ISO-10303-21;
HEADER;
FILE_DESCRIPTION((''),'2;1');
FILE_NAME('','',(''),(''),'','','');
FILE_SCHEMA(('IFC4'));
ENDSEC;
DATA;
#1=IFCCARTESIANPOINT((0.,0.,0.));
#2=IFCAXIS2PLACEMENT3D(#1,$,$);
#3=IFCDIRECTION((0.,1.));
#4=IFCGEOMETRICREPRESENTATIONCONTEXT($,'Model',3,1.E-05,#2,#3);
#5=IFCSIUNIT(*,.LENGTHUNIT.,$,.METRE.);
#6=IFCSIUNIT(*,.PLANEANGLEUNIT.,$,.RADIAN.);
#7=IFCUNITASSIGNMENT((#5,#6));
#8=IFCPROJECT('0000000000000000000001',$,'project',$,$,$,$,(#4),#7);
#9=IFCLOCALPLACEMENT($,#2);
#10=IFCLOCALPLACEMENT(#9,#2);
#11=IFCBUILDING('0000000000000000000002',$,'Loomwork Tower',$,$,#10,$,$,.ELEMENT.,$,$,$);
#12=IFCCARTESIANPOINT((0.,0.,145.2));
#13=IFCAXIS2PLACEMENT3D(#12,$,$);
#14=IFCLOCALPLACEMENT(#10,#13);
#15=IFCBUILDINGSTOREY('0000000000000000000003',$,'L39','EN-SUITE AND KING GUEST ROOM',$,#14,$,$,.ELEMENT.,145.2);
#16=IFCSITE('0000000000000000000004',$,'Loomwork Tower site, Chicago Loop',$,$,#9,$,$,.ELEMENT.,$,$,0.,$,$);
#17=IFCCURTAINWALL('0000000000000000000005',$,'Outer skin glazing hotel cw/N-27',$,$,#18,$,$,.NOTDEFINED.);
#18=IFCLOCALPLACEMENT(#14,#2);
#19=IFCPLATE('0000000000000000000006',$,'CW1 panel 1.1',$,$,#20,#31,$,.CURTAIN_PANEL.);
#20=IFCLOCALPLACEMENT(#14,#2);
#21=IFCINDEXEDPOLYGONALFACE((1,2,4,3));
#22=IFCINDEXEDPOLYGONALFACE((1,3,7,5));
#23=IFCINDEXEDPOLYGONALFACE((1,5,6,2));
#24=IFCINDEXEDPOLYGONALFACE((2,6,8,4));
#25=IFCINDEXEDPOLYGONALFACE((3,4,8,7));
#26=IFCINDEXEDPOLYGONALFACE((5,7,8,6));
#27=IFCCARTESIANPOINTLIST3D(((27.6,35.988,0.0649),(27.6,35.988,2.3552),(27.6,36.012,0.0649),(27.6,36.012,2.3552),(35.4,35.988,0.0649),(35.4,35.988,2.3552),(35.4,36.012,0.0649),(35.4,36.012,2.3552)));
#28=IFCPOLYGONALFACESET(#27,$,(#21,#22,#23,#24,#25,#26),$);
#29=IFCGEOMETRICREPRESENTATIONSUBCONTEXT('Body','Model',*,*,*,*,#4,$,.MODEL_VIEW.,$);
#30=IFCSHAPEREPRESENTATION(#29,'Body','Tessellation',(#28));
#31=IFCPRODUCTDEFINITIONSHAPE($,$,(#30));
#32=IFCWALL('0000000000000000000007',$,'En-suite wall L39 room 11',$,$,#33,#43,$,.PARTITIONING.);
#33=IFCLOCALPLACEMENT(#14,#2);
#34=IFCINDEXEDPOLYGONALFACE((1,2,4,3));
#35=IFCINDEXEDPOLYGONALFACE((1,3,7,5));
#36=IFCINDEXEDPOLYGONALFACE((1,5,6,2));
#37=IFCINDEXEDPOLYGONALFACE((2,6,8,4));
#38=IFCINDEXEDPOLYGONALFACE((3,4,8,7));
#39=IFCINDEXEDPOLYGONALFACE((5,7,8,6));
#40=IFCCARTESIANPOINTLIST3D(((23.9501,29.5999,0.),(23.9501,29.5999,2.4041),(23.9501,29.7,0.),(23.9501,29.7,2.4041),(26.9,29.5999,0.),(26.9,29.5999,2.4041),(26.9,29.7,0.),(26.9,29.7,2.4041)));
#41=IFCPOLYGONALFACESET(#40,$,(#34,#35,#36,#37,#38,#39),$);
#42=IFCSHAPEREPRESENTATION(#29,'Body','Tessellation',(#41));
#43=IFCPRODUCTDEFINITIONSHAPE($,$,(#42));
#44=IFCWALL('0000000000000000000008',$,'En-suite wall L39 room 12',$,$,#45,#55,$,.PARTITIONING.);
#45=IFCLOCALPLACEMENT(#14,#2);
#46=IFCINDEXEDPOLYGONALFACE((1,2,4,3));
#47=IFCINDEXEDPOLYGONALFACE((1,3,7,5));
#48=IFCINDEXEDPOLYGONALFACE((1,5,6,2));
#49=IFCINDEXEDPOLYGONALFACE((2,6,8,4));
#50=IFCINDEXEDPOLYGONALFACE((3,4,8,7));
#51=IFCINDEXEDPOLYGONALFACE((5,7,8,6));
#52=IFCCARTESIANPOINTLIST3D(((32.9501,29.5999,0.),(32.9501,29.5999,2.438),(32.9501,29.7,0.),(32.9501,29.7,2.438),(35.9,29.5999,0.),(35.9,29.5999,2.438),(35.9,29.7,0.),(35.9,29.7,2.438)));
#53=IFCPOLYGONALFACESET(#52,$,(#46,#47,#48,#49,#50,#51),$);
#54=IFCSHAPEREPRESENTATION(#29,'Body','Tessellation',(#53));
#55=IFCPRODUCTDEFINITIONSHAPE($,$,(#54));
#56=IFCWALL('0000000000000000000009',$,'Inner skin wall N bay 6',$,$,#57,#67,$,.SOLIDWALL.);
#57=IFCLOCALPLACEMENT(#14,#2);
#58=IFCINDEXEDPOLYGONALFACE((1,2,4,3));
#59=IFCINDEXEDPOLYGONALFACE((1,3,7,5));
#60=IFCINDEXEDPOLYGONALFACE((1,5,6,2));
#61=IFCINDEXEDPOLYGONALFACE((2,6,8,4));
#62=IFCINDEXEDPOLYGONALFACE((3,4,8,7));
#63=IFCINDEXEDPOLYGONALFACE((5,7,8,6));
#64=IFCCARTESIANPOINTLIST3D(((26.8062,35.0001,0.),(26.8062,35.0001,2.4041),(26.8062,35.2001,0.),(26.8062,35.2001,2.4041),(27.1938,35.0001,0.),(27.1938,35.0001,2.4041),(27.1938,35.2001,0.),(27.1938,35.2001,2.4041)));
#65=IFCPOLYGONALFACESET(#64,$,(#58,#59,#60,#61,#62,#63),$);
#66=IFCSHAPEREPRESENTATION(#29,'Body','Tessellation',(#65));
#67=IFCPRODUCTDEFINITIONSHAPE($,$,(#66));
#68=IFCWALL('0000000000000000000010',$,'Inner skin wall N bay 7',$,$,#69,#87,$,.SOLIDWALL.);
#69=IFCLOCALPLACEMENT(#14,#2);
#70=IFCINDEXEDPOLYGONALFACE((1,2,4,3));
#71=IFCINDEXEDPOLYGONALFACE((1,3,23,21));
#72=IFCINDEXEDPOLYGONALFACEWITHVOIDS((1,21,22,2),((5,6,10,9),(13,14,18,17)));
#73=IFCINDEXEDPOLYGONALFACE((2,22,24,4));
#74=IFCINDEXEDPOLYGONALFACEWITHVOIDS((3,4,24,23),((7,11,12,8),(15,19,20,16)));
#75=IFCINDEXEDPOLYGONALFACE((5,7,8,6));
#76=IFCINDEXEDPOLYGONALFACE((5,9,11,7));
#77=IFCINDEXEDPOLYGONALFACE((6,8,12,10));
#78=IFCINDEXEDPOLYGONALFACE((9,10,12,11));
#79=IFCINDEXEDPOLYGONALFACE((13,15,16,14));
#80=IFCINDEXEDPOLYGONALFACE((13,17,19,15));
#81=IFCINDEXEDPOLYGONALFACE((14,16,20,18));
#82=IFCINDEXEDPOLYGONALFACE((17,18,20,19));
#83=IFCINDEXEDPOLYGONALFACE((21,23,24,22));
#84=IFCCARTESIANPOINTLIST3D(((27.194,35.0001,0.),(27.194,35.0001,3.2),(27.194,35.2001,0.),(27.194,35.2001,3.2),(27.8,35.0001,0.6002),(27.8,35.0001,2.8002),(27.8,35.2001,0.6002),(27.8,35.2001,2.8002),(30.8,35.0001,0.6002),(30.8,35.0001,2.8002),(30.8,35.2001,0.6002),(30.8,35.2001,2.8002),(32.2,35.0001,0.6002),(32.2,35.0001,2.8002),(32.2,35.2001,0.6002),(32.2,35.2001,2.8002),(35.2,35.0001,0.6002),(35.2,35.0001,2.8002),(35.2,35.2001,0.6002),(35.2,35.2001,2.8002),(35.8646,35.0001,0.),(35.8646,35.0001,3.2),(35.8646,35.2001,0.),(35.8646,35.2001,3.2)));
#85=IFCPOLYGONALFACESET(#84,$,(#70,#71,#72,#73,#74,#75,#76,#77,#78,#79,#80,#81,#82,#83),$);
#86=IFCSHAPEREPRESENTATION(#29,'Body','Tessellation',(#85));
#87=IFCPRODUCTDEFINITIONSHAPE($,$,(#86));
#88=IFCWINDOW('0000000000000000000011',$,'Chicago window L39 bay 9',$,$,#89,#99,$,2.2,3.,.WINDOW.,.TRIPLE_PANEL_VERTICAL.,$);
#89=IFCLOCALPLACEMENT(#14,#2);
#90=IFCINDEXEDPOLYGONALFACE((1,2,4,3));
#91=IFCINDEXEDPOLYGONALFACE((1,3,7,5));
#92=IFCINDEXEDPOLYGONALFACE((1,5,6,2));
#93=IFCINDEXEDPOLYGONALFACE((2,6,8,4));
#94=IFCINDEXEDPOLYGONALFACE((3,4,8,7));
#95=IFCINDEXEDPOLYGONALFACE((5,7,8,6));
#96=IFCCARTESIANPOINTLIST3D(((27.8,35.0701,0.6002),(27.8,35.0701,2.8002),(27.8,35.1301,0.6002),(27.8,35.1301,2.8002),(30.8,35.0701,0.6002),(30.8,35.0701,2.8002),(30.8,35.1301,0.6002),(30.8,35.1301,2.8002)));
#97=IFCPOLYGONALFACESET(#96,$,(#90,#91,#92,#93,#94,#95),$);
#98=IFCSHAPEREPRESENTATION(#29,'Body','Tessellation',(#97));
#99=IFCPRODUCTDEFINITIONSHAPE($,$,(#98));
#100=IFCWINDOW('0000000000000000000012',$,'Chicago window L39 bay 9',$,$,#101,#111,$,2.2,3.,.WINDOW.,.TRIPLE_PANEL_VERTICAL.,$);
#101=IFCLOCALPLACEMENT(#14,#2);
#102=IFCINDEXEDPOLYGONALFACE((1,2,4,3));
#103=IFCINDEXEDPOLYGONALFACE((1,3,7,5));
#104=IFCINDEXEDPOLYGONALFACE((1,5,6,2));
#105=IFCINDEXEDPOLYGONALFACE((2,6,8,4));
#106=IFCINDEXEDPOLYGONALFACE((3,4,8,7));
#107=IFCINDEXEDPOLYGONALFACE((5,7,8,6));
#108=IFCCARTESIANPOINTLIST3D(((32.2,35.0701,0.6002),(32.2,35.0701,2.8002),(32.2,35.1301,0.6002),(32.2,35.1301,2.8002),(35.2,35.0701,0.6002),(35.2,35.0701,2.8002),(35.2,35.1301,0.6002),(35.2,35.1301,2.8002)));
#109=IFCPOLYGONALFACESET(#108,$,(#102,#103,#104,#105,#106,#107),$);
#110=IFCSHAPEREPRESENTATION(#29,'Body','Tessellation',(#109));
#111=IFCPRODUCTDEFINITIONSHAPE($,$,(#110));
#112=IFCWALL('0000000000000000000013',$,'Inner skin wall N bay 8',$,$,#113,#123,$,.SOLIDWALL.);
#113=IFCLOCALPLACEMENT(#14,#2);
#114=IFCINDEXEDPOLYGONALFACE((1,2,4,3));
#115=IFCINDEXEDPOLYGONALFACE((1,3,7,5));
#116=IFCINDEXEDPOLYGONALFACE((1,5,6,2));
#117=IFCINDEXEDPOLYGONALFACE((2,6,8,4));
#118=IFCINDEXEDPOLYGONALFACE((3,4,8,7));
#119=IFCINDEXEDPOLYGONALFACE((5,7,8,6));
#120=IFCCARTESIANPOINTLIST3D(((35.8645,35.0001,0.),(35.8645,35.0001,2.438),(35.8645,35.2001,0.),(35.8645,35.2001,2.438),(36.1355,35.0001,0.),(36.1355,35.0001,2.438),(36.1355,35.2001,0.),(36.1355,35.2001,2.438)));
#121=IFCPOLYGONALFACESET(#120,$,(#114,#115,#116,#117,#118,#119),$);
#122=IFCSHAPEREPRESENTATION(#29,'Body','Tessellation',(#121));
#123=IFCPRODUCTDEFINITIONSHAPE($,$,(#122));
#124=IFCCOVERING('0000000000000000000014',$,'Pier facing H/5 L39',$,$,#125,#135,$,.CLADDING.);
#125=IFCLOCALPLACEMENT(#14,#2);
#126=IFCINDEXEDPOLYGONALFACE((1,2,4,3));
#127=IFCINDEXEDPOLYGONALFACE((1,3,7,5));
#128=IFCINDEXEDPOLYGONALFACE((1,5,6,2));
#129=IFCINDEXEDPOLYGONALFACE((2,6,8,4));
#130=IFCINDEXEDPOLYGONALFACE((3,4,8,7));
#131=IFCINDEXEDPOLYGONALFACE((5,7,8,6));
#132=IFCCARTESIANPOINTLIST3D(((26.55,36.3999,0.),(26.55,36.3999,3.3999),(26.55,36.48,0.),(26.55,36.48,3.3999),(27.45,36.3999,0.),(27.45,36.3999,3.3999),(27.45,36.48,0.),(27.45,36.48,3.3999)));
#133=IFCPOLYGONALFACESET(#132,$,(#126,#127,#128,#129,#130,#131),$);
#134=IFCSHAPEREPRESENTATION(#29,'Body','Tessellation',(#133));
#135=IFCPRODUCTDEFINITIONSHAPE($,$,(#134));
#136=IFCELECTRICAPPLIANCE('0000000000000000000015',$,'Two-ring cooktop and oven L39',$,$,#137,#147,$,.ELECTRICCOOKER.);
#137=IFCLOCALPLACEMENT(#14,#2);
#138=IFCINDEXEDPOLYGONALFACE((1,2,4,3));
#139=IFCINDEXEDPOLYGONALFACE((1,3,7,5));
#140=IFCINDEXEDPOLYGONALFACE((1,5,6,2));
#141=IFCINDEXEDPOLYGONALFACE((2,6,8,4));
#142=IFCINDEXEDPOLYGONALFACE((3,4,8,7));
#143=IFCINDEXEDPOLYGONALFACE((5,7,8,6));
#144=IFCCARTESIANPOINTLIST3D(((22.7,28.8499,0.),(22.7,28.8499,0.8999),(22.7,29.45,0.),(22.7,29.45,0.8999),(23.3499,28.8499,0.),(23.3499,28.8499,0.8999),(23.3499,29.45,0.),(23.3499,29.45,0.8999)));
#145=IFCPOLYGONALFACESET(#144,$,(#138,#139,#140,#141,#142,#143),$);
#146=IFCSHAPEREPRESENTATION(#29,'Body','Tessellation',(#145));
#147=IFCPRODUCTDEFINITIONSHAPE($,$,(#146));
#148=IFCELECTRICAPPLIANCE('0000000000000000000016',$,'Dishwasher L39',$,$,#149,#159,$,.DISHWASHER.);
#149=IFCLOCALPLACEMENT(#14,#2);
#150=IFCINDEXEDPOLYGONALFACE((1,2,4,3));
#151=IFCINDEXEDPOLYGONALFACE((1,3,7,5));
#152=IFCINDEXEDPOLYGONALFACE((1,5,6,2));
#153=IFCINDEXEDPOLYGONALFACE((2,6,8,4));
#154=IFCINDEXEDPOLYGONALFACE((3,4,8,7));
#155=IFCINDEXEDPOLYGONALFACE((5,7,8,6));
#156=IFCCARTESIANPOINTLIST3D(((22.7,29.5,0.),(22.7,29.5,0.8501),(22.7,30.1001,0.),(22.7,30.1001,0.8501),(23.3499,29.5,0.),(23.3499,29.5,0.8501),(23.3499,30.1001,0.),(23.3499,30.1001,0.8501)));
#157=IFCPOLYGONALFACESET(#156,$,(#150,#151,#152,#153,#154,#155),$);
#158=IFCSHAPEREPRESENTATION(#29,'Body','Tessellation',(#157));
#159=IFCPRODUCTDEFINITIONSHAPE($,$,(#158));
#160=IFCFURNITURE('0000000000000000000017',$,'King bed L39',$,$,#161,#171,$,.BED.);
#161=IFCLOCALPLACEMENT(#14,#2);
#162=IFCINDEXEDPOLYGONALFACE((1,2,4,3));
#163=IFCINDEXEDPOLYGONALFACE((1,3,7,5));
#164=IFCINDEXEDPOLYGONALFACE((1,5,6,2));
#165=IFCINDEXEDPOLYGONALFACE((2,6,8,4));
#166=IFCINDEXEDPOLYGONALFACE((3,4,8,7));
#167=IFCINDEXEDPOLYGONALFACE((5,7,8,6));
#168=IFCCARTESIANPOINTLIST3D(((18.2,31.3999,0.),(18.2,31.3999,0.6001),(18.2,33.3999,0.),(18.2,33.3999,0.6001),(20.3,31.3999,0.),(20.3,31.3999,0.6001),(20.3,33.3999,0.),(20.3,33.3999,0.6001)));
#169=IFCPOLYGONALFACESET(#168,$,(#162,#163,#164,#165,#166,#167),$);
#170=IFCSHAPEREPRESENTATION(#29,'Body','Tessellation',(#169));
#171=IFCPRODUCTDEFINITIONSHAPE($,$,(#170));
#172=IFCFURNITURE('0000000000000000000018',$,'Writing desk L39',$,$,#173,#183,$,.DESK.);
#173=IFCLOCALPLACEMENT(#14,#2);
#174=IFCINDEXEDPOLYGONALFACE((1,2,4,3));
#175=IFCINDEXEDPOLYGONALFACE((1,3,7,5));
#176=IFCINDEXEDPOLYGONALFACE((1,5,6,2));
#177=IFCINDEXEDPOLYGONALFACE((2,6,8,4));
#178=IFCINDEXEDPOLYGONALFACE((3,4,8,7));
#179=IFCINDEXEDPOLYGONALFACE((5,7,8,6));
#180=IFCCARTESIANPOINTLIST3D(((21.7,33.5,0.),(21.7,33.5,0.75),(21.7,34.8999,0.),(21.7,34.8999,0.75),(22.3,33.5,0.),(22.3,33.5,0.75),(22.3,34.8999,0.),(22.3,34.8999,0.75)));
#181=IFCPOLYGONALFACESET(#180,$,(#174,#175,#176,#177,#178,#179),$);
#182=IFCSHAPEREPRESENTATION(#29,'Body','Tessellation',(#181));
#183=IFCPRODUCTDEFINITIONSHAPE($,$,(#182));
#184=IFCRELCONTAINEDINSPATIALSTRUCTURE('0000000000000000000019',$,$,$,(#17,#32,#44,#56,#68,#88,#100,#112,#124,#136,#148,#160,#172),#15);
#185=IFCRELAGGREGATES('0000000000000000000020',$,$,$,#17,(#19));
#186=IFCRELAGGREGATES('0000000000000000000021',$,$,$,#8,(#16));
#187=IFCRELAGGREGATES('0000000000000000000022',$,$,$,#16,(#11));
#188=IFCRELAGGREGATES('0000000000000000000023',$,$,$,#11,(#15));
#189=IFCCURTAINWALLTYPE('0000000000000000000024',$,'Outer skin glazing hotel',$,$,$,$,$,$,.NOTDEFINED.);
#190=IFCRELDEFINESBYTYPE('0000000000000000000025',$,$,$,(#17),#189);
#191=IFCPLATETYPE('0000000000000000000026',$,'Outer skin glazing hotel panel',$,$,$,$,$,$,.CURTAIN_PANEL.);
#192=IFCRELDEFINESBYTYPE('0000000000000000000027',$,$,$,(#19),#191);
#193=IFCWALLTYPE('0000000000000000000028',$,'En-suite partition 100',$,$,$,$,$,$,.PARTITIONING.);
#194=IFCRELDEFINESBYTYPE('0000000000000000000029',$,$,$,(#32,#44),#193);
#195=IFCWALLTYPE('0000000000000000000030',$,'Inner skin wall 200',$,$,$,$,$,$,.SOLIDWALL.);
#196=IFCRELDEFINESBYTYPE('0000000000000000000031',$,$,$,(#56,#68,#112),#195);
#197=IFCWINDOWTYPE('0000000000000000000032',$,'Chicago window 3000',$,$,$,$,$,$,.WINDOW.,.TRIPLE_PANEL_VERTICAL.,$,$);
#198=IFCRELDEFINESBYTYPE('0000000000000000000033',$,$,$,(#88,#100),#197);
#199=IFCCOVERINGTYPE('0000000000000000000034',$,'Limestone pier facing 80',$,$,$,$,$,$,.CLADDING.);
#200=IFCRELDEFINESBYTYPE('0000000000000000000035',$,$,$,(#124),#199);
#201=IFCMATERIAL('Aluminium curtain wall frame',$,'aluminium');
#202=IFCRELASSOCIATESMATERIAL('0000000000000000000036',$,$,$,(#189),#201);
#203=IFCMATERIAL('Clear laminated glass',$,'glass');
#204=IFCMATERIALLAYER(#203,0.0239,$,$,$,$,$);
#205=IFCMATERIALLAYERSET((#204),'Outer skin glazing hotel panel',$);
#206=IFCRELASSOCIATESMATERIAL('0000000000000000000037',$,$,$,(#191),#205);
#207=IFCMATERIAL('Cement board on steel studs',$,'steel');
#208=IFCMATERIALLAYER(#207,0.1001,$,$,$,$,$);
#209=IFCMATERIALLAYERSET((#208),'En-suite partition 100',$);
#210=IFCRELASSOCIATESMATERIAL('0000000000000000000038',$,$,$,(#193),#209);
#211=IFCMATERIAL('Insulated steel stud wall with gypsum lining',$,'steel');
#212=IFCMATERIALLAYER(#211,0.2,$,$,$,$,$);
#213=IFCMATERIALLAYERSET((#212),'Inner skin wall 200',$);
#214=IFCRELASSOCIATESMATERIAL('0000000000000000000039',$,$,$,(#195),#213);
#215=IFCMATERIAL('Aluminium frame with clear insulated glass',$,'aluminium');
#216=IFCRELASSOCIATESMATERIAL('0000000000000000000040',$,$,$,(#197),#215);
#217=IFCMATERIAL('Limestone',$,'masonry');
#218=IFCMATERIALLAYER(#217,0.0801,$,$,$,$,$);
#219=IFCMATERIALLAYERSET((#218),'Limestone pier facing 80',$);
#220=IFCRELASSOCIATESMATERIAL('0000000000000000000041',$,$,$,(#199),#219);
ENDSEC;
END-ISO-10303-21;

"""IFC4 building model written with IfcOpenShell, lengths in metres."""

from ifc_helpers import new_model, si_unit, direction, frame, frame_2d, origin, origin_2d, place, context, subcontext, project, spatial, rectangle, extrude, material, layer, layer_set, type_object, element, fill, aggregate, save


model = new_model("IFC4")

# Units and contexts
model_context = context("Model", 3, precision=1e-05, world=origin(), true_north=direction((0.0, 1.0)))
body_context = subcontext(model_context, "Body", "Model", "MODEL_VIEW")
ifc_project = project(units=[si_unit("LENGTHUNIT", "METRE"), si_unit("PLANEANGLEUNIT", "RADIAN")], contexts=[model_context])

# Site, building, storey
site_placement = place(None, origin())
site = spatial("IfcSite", under=ifc_project, at=site_placement, Name="Loomwork Tower site, Chicago Loop", CompositionType="ELEMENT", RefElevation=0.0)
building_placement = place(site_placement, origin())
building = spatial("IfcBuilding", under=site, at=building_placement, Name="Loomwork Tower", CompositionType="ELEMENT")
storey_placement = place(building_placement, frame((0.0, 0.0, 145.2)))
storey = spatial("IfcBuildingStorey", under=building, at=storey_placement, Name="L39", Description="EN-SUITE AND KING GUEST ROOM", CompositionType="ELEMENT", Elevation=145.2)

# Curtain wall
ifc_material_1 = material(Name="Aluminium curtain wall frame", Category="aluminium")
curtain_wall_type = type_object("IfcCurtainWallType", Name="Outer skin glazing hotel", PredefinedType="NOTDEFINED", material=ifc_material_1)
curtain_wall_1_placement = place(storey_placement, origin())
curtain_wall_1 = element("IfcCurtainWall", 1, at=curtain_wall_1_placement, inside=storey, type_object=curtain_wall_type, Name="Outer skin glazing hotel cw/N-27", PredefinedType="NOTDEFINED")

# Plate
ifc_material_2 = material(Name="Clear laminated glass", Category="glass")
ifc_layer_1 = layer(ifc_material_2, 0.0239)
ifc_layer_set_1 = layer_set([ifc_layer_1], Name="Outer skin glazing hotel panel")
plate_type = type_object("IfcPlateType", Name="Outer skin glazing hotel panel", PredefinedType="CURTAIN_PANEL", material=ifc_layer_set_1)
plate_1_placement = place(storey_placement, frame((31.5, 36.0, 0.0649), z_axis=(0.0, 0.0, 1.0), x_axis=(-1.0, 0.0, 0.0)))
plate_1 = element("IfcPlate", 2, at=plate_1_placement, type_object=plate_type, Name="CW1 panel 1.1", PredefinedType="CURTAIN_PANEL", context=body_context, shape_type="SweptSolid", body=[
    extrude(rectangle(XDim=7.8, YDim=0.0239, at=origin_2d()), origin(), (0.0, 0.0, 1.0), 2.2903),
])
aggregate(curtain_wall_1, [plate_1])

# Walls
ifc_material_3 = material(Name="Cement board on steel studs", Category="steel")
ifc_layer_2 = layer(ifc_material_3, 0.1001)
ifc_layer_set_2 = layer_set([ifc_layer_2], Name="En-suite partition 100")
wall_type_1 = type_object("IfcWallType", Name="En-suite partition 100", PredefinedType="PARTITIONING", material=ifc_layer_set_2)
wall_1_placement = place(storey_placement, frame((23.95, 29.6499, 0.0), z_axis=(0.0, 0.0, 1.0), x_axis=(1.0, 0.0, 0.0)))
element("IfcWall", 3, at=wall_1_placement, inside=storey, type_object=wall_type_1, Name="En-suite wall L39 room 11", PredefinedType="PARTITIONING", context=body_context, shape_type="SweptSolid", body=[
    extrude(rectangle(XDim=2.95, YDim=0.1001, at=frame_2d((1.4751, 0.0))), origin(), (0.0, 0.0, 1.0), 2.4041),
])
wall_2_placement = place(storey_placement, frame((32.95, 29.6499, 0.0), z_axis=(0.0, 0.0, 1.0), x_axis=(1.0, 0.0, 0.0)))
element("IfcWall", 4, at=wall_2_placement, inside=storey, type_object=wall_type_1, Name="En-suite wall L39 room 12", PredefinedType="PARTITIONING", context=body_context, shape_type="SweptSolid", body=[
    extrude(rectangle(XDim=2.95, YDim=0.1001, at=frame_2d((1.4751, 0.0))), origin(), (0.0, 0.0, 1.0), 2.438),
])
ifc_material_4 = material(Name="Insulated steel stud wall with gypsum lining", Category="steel")
ifc_layer_3 = layer(ifc_material_4, 0.2)
ifc_layer_set_3 = layer_set([ifc_layer_3], Name="Inner skin wall 200")
wall_type_2 = type_object("IfcWallType", Name="Inner skin wall 200", PredefinedType="SOLIDWALL", material=ifc_layer_set_3)
wall_3_placement = place(storey_placement, frame((26.8062, 35.1001, 0.0), z_axis=(0.0, 0.0, 1.0), x_axis=(1.0, 0.0, 0.0)))
element("IfcWall", 5, at=wall_3_placement, inside=storey, type_object=wall_type_2, Name="Inner skin wall N bay 6", PredefinedType="SOLIDWALL", context=body_context, shape_type="SweptSolid", body=[
    extrude(rectangle(XDim=0.3877, YDim=0.2, at=frame_2d((0.1938, 0.0))), origin(), (0.0, 0.0, 1.0), 2.4041),
])

# Wall, openings, windows
wall_4_placement = place(storey_placement, frame((27.1938, 35.1001, 0.0), z_axis=(0.0, 0.0, 1.0), x_axis=(1.0, 0.0, 0.0)))
wall_4 = element("IfcWall", 6, at=wall_4_placement, inside=storey, type_object=wall_type_2, Name="Inner skin wall N bay 7", PredefinedType="SOLIDWALL", context=body_context, shape_type="SweptSolid", body=[
    extrude(rectangle(XDim=8.6707, YDim=0.2, at=frame_2d((4.3354, 0.0))), origin(), (0.0, 0.0, 1.0), 3.2),
])
opening_1_placement = place(wall_4_placement, frame((0.6062, 0.0, 0.6001)))
opening_1 = element("IfcOpeningElement", 7, at=opening_1_placement, cuts=wall_4, PredefinedType="OPENING", context=body_context, shape_type="SweptSolid", body=[
    extrude(rectangle(XDim=3.0, YDim=2.2, at=frame_2d((1.5, 1.1001))), frame((0.0, 0.1099, 0.0), z_axis=(0.0, -1.0, 0.0), x_axis=(1.0, 0.0, 0.0)), (0.0, 0.0, 1.0), 0.22),
])
opening_2_placement = place(wall_4_placement, frame((5.0061, 0.0, 0.6001)))
opening_2 = element("IfcOpeningElement", 8, at=opening_2_placement, cuts=wall_4, PredefinedType="OPENING", context=body_context, shape_type="SweptSolid", body=[
    extrude(rectangle(XDim=3.0, YDim=2.2, at=frame_2d((1.5, 1.1001))), frame((0.0, 0.1099, 0.0), z_axis=(0.0, -1.0, 0.0), x_axis=(1.0, 0.0, 0.0)), (0.0, 0.0, 1.0), 0.22),
])
ifc_material_5 = material(Name="Aluminium frame with clear insulated glass", Category="aluminium")
window_type = type_object("IfcWindowType", Name="Chicago window 3000", PartitioningType="TRIPLE_PANEL_VERTICAL", PredefinedType="WINDOW", material=ifc_material_5)
window_1_placement = place(opening_1_placement, origin())
window_1 = element("IfcWindow", 9, at=window_1_placement, inside=storey, type_object=window_type, Name="Chicago window L39 bay 9", OverallHeight=2.2, OverallWidth=3.0, PartitioningType="TRIPLE_PANEL_VERTICAL", PredefinedType="WINDOW", context=body_context, shape_type="SweptSolid", body=[
    extrude(rectangle(XDim=3.0, YDim=2.2, at=frame_2d((1.5, 1.1001))), frame((0.0, 0.03, 0.0), z_axis=(0.0, -1.0, 0.0), x_axis=(1.0, 0.0, 0.0)), (0.0, 0.0, 1.0), 0.0601),
])
fill(opening_1, window_1)
window_2_placement = place(opening_2_placement, origin())
window_2 = element("IfcWindow", 10, at=window_2_placement, inside=storey, type_object=window_type, Name="Chicago window L39 bay 9", OverallHeight=2.2, OverallWidth=3.0, PartitioningType="TRIPLE_PANEL_VERTICAL", PredefinedType="WINDOW", context=body_context, shape_type="SweptSolid", body=[
    extrude(rectangle(XDim=3.0, YDim=2.2, at=frame_2d((1.5, 1.1001))), frame((0.0, 0.03, 0.0), z_axis=(0.0, -1.0, 0.0), x_axis=(1.0, 0.0, 0.0)), (0.0, 0.0, 1.0), 0.0601),
])
fill(opening_2, window_2)

# Wall
wall_5_placement = place(storey_placement, frame((35.8645, 35.1001, 0.0), z_axis=(0.0, 0.0, 1.0), x_axis=(1.0, 0.0, 0.0)))
element("IfcWall", 11, at=wall_5_placement, inside=storey, type_object=wall_type_2, Name="Inner skin wall N bay 8", PredefinedType="SOLIDWALL", context=body_context, shape_type="SweptSolid", body=[
    extrude(rectangle(XDim=0.271, YDim=0.2, at=frame_2d((0.1355, 0.0))), origin(), (0.0, 0.0, 1.0), 2.438),
])

# Covering
ifc_material_6 = material(Name="Limestone", Category="masonry")
ifc_layer_4 = layer(ifc_material_6, 0.0801)
ifc_layer_set_4 = layer_set([ifc_layer_4], Name="Limestone pier facing 80")
covering_type = type_object("IfcCoveringType", Name="Limestone pier facing 80", PredefinedType="CLADDING", material=ifc_layer_set_4)
covering_placement = place(storey_placement, frame((27.0, 36.4399, 0.0), z_axis=(0.0, 0.0, 1.0), x_axis=(1.0, 0.0, 0.0)))
element("IfcCovering", 12, at=covering_placement, inside=storey, type_object=covering_type, Name="Pier facing H/5 L39", PredefinedType="CLADDING", context=body_context, shape_type="SweptSolid", body=[
    extrude(rectangle(XDim=0.8999, YDim=0.0801, at=origin_2d()), origin(), (0.0, 0.0, 1.0), 3.3999),
])

# Electric appliances
electric_appliance_1_placement = place(storey_placement, frame((23.0249, 29.1499, 0.0), z_axis=(0.0, 0.0, 1.0), x_axis=(1.0, 0.0, 0.0)))
element("IfcElectricAppliance", 13, at=electric_appliance_1_placement, inside=storey, Name="Two-ring cooktop and oven L39", PredefinedType="ELECTRICCOOKER", context=body_context, shape_type="SweptSolid", body=[
    extrude(rectangle(XDim=0.6499, YDim=0.6001, at=origin_2d()), origin(), (0.0, 0.0, 1.0), 0.8999),
])
electric_appliance_2_placement = place(storey_placement, frame((23.0249, 29.8, 0.0), z_axis=(0.0, 0.0, 1.0), x_axis=(1.0, 0.0, 0.0)))
element("IfcElectricAppliance", 14, at=electric_appliance_2_placement, inside=storey, Name="Dishwasher L39", PredefinedType="DISHWASHER", context=body_context, shape_type="SweptSolid", body=[
    extrude(rectangle(XDim=0.6499, YDim=0.6001, at=origin_2d()), origin(), (0.0, 0.0, 1.0), 0.8501),
])

# Furniture
furniture_1_placement = place(storey_placement, frame((19.25, 32.3999, 0.0), z_axis=(0.0, 0.0, 1.0), x_axis=(1.0, 0.0, 0.0)))
element("IfcFurniture", 15, at=furniture_1_placement, inside=storey, Name="King bed L39", PredefinedType="BED", context=body_context, shape_type="SweptSolid", body=[
    extrude(rectangle(XDim=2.1001, YDim=2.0, at=origin_2d()), origin(), (0.0, 0.0, 1.0), 0.6001),
])
furniture_2_placement = place(storey_placement, frame((22.0, 34.2, 0.0), z_axis=(0.0, 0.0, 1.0), x_axis=(1.0, 0.0, 0.0)))
element("IfcFurniture", 16, at=furniture_2_placement, inside=storey, Name="Writing desk L39", PredefinedType="DESK", context=body_context, shape_type="SweptSolid", body=[
    extrude(rectangle(XDim=0.6001, YDim=1.3999, at=origin_2d()), origin(), (0.0, 0.0, 1.0), 0.75),
])

save(model, "model.ifc")
